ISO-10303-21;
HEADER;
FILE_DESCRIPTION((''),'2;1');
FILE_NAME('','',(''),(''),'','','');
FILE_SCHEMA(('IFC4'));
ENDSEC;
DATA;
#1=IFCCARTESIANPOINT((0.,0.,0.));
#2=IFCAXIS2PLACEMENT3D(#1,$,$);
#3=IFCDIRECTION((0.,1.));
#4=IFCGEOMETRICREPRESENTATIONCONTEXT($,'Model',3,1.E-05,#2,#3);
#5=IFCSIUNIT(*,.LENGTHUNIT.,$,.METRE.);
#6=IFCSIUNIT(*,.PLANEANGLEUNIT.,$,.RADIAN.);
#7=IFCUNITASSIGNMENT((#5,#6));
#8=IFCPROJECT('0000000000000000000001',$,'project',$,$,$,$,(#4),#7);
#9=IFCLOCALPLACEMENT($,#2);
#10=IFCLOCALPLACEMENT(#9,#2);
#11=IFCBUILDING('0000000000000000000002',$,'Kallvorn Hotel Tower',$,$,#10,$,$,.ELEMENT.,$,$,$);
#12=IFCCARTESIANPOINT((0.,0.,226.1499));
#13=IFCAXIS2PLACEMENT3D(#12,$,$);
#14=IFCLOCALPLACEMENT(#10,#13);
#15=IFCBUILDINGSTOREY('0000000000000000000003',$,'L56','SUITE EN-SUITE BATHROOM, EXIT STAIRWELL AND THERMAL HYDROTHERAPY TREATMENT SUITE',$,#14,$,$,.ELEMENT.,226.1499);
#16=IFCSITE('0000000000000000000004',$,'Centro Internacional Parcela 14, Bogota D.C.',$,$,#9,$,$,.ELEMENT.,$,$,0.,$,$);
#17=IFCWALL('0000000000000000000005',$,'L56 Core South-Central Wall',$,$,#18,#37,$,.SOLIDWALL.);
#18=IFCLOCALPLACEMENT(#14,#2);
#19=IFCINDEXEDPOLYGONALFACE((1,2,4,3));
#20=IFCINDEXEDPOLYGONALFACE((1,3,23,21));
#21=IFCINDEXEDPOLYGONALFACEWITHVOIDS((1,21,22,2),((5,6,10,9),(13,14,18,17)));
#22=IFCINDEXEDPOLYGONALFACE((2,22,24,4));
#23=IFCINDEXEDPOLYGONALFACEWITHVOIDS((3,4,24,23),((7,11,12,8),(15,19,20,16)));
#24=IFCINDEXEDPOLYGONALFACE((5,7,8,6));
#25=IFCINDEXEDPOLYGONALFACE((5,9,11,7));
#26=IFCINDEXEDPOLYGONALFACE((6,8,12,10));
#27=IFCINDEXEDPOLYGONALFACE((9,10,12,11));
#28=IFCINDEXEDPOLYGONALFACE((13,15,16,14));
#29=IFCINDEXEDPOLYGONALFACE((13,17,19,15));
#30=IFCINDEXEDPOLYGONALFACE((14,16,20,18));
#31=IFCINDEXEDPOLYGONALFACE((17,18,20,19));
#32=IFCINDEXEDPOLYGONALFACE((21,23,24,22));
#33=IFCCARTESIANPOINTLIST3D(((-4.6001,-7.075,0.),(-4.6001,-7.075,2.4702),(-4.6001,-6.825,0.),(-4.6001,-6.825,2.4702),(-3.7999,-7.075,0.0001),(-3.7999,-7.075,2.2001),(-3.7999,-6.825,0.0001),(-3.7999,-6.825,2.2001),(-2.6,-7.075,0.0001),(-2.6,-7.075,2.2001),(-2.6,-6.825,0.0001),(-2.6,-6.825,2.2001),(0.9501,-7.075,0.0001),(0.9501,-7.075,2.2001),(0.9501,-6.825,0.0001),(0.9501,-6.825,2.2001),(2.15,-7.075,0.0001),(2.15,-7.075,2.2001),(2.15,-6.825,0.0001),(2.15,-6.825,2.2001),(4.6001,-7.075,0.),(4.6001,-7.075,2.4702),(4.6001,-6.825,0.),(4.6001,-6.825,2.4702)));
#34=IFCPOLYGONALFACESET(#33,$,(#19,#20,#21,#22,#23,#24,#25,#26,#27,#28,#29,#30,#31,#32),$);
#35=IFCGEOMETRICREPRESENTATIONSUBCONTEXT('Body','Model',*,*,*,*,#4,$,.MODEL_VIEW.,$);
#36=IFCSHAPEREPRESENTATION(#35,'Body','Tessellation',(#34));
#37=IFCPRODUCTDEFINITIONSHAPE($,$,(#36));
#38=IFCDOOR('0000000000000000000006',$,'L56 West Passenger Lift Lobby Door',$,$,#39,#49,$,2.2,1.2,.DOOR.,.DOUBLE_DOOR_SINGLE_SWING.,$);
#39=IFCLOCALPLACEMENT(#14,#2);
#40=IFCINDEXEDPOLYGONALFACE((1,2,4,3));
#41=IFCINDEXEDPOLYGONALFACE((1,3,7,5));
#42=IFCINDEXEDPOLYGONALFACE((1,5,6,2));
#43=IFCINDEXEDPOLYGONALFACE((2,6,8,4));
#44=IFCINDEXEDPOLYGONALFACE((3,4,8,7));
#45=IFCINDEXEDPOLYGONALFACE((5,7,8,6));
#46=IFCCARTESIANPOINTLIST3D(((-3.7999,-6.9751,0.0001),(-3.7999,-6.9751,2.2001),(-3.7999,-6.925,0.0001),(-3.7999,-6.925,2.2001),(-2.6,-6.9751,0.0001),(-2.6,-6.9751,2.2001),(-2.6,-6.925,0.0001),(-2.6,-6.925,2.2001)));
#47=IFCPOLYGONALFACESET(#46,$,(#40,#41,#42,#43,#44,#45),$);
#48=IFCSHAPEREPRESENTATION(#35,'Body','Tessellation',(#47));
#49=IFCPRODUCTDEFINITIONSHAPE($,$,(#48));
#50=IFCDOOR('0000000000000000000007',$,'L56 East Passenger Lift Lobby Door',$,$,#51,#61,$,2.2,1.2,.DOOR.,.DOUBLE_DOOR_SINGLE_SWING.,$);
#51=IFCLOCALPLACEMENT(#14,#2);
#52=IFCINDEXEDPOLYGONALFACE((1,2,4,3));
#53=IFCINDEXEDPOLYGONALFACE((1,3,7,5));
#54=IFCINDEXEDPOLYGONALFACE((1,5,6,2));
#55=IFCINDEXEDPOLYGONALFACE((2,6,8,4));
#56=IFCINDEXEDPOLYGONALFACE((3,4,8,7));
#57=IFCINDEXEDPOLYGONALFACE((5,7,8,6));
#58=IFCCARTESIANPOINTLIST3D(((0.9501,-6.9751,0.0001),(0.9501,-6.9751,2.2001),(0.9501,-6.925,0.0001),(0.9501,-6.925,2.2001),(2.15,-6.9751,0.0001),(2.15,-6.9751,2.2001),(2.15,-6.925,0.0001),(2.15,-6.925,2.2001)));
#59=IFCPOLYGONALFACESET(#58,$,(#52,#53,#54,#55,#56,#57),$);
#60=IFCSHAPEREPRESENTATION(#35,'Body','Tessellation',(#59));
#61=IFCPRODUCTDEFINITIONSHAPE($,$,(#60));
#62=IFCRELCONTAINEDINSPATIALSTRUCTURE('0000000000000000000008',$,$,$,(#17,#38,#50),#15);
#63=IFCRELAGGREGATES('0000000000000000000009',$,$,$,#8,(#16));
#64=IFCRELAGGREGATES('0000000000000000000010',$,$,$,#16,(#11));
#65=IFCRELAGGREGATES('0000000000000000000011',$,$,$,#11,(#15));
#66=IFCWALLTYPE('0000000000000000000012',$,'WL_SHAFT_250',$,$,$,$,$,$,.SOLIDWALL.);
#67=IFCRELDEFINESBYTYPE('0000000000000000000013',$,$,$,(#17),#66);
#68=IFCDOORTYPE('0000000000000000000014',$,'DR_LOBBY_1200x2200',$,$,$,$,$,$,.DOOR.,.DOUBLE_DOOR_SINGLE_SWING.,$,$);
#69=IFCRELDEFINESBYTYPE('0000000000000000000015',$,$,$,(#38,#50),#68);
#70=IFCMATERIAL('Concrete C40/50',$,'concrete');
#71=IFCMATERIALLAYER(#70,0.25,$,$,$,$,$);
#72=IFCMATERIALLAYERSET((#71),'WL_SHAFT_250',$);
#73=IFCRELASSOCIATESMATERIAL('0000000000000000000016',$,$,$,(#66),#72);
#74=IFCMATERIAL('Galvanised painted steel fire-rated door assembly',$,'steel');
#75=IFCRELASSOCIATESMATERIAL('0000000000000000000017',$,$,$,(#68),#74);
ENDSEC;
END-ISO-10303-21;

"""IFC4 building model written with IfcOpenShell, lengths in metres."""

from ifc_helpers import new_model, si_unit, direction, frame, frame_2d, origin, place, context, subcontext, project, spatial, rectangle, extrude, material, layer, layer_set, type_object, element, fill, save


model = new_model("IFC4")

# Units and contexts
model_context = context("Model", 3, precision=1e-05, world=origin(), true_north=direction((0.0, 1.0)))
body_context = subcontext(model_context, "Body", "Model", "MODEL_VIEW")
ifc_project = project(units=[si_unit("LENGTHUNIT", "METRE"), si_unit("PLANEANGLEUNIT", "RADIAN")], contexts=[model_context])

# Site, building, storey
site_placement = place(None, origin())
site = spatial("IfcSite", under=ifc_project, at=site_placement, Name="Centro Internacional Parcela 14, Bogota D.C.", CompositionType="ELEMENT", RefElevation=0.0)
building_placement = place(site_placement, origin())
building = spatial("IfcBuilding", under=site, at=building_placement, Name="Kallvorn Hotel Tower", CompositionType="ELEMENT")
storey_placement = place(building_placement, frame((0.0, 0.0, 226.1499)))
storey = spatial("IfcBuildingStorey", under=building, at=storey_placement, Name="L56", Description="SUITE EN-SUITE BATHROOM, EXIT STAIRWELL AND THERMAL HYDROTHERAPY TREATMENT SUITE", CompositionType="ELEMENT", Elevation=226.1499)

# Wall, openings, doors
ifc_material_1 = material(Name="Concrete C40/50", Category="concrete")
ifc_layer_1 = layer(ifc_material_1, 0.25)
ifc_layer_set_1 = layer_set([ifc_layer_1], Name="WL_SHAFT_250")
wall_type_1 = type_object("IfcWallType", Name="WL_SHAFT_250", PredefinedType="SOLIDWALL", material=ifc_layer_set_1)
wall_1_placement = place(storey_placement, frame((-4.6001, -6.95, 0.0), z_axis=(0.0, 0.0, 1.0), x_axis=(1.0, 0.0, 0.0)))
wall_1 = element("IfcWall", 1, at=wall_1_placement, inside=storey, type_object=wall_type_1, Name="L56 Core South-Central Wall", PredefinedType="SOLIDWALL", context=body_context, shape_type="SweptSolid", body=[
    extrude(rectangle(XDim=9.2002, YDim=0.25, at=frame_2d((4.6001, 0.0))), origin(), (0.0, 0.0, 1.0), 2.4702),
])
opening_1_placement = place(wall_1_placement, frame((0.8, 0.0, 0.0)))
opening_1 = element("IfcOpeningElement", 2, at=opening_1_placement, cuts=wall_1, PredefinedType="OPENING", context=body_context, shape_type="SweptSolid", body=[
    extrude(rectangle(XDim=1.2, YDim=2.2, at=frame_2d((0.6001, 1.1001))), frame((0.0, 0.1399, 0.0), z_axis=(0.0, -1.0, 0.0), x_axis=(1.0, 0.0, 0.0)), (0.0, 0.0, 1.0), 0.28),
])
opening_2_placement = place(wall_1_placement, frame((5.55, 0.0, 0.0)))
opening_2 = element("IfcOpeningElement", 3, at=opening_2_placement, cuts=wall_1, PredefinedType="OPENING", context=body_context, shape_type="SweptSolid", body=[
    extrude(rectangle(XDim=1.2, YDim=2.2, at=frame_2d((0.6001, 1.1001))), frame((0.0, 0.1399, 0.0), z_axis=(0.0, -1.0, 0.0), x_axis=(1.0, 0.0, 0.0)), (0.0, 0.0, 1.0), 0.28),
])
ifc_material_2 = material(Name="Galvanised painted steel fire-rated door assembly", Category="steel")
door_type_1 = type_object("IfcDoorType", Name="DR_LOBBY_1200x2200", OperationType="DOUBLE_DOOR_SINGLE_SWING", PredefinedType="DOOR", material=ifc_material_2)
door_1_placement = place(opening_1_placement, origin())
door_1 = element("IfcDoor", 4, at=door_1_placement, inside=storey, type_object=door_type_1, Name="L56 West Passenger Lift Lobby Door", OperationType="DOUBLE_DOOR_SINGLE_SWING", OverallHeight=2.2, OverallWidth=1.2, PredefinedType="DOOR", context=body_context, shape_type="SweptSolid", body=[
    extrude(rectangle(XDim=1.2, YDim=2.2, at=frame_2d((0.6001, 1.1001))), frame((0.0, 0.0249, 0.0), z_axis=(0.0, -1.0, 0.0), x_axis=(1.0, 0.0, 0.0)), (0.0, 0.0, 1.0), 0.05),
])
fill(opening_1, door_1)
door_2_placement = place(opening_2_placement, origin())
door_2 = element("IfcDoor", 5, at=door_2_placement, inside=storey, type_object=door_type_1, Name="L56 East Passenger Lift Lobby Door", OperationType="DOUBLE_DOOR_SINGLE_SWING", OverallHeight=2.2, OverallWidth=1.2, PredefinedType="DOOR", context=body_context, shape_type="SweptSolid", body=[
    extrude(rectangle(XDim=1.2, YDim=2.2, at=frame_2d((0.6001, 1.1001))), frame((0.0, 0.0249, 0.0), z_axis=(0.0, -1.0, 0.0), x_axis=(1.0, 0.0, 0.0)), (0.0, 0.0, 1.0), 0.05),
])
fill(opening_2, door_2)

save(model, "model.ifc")
